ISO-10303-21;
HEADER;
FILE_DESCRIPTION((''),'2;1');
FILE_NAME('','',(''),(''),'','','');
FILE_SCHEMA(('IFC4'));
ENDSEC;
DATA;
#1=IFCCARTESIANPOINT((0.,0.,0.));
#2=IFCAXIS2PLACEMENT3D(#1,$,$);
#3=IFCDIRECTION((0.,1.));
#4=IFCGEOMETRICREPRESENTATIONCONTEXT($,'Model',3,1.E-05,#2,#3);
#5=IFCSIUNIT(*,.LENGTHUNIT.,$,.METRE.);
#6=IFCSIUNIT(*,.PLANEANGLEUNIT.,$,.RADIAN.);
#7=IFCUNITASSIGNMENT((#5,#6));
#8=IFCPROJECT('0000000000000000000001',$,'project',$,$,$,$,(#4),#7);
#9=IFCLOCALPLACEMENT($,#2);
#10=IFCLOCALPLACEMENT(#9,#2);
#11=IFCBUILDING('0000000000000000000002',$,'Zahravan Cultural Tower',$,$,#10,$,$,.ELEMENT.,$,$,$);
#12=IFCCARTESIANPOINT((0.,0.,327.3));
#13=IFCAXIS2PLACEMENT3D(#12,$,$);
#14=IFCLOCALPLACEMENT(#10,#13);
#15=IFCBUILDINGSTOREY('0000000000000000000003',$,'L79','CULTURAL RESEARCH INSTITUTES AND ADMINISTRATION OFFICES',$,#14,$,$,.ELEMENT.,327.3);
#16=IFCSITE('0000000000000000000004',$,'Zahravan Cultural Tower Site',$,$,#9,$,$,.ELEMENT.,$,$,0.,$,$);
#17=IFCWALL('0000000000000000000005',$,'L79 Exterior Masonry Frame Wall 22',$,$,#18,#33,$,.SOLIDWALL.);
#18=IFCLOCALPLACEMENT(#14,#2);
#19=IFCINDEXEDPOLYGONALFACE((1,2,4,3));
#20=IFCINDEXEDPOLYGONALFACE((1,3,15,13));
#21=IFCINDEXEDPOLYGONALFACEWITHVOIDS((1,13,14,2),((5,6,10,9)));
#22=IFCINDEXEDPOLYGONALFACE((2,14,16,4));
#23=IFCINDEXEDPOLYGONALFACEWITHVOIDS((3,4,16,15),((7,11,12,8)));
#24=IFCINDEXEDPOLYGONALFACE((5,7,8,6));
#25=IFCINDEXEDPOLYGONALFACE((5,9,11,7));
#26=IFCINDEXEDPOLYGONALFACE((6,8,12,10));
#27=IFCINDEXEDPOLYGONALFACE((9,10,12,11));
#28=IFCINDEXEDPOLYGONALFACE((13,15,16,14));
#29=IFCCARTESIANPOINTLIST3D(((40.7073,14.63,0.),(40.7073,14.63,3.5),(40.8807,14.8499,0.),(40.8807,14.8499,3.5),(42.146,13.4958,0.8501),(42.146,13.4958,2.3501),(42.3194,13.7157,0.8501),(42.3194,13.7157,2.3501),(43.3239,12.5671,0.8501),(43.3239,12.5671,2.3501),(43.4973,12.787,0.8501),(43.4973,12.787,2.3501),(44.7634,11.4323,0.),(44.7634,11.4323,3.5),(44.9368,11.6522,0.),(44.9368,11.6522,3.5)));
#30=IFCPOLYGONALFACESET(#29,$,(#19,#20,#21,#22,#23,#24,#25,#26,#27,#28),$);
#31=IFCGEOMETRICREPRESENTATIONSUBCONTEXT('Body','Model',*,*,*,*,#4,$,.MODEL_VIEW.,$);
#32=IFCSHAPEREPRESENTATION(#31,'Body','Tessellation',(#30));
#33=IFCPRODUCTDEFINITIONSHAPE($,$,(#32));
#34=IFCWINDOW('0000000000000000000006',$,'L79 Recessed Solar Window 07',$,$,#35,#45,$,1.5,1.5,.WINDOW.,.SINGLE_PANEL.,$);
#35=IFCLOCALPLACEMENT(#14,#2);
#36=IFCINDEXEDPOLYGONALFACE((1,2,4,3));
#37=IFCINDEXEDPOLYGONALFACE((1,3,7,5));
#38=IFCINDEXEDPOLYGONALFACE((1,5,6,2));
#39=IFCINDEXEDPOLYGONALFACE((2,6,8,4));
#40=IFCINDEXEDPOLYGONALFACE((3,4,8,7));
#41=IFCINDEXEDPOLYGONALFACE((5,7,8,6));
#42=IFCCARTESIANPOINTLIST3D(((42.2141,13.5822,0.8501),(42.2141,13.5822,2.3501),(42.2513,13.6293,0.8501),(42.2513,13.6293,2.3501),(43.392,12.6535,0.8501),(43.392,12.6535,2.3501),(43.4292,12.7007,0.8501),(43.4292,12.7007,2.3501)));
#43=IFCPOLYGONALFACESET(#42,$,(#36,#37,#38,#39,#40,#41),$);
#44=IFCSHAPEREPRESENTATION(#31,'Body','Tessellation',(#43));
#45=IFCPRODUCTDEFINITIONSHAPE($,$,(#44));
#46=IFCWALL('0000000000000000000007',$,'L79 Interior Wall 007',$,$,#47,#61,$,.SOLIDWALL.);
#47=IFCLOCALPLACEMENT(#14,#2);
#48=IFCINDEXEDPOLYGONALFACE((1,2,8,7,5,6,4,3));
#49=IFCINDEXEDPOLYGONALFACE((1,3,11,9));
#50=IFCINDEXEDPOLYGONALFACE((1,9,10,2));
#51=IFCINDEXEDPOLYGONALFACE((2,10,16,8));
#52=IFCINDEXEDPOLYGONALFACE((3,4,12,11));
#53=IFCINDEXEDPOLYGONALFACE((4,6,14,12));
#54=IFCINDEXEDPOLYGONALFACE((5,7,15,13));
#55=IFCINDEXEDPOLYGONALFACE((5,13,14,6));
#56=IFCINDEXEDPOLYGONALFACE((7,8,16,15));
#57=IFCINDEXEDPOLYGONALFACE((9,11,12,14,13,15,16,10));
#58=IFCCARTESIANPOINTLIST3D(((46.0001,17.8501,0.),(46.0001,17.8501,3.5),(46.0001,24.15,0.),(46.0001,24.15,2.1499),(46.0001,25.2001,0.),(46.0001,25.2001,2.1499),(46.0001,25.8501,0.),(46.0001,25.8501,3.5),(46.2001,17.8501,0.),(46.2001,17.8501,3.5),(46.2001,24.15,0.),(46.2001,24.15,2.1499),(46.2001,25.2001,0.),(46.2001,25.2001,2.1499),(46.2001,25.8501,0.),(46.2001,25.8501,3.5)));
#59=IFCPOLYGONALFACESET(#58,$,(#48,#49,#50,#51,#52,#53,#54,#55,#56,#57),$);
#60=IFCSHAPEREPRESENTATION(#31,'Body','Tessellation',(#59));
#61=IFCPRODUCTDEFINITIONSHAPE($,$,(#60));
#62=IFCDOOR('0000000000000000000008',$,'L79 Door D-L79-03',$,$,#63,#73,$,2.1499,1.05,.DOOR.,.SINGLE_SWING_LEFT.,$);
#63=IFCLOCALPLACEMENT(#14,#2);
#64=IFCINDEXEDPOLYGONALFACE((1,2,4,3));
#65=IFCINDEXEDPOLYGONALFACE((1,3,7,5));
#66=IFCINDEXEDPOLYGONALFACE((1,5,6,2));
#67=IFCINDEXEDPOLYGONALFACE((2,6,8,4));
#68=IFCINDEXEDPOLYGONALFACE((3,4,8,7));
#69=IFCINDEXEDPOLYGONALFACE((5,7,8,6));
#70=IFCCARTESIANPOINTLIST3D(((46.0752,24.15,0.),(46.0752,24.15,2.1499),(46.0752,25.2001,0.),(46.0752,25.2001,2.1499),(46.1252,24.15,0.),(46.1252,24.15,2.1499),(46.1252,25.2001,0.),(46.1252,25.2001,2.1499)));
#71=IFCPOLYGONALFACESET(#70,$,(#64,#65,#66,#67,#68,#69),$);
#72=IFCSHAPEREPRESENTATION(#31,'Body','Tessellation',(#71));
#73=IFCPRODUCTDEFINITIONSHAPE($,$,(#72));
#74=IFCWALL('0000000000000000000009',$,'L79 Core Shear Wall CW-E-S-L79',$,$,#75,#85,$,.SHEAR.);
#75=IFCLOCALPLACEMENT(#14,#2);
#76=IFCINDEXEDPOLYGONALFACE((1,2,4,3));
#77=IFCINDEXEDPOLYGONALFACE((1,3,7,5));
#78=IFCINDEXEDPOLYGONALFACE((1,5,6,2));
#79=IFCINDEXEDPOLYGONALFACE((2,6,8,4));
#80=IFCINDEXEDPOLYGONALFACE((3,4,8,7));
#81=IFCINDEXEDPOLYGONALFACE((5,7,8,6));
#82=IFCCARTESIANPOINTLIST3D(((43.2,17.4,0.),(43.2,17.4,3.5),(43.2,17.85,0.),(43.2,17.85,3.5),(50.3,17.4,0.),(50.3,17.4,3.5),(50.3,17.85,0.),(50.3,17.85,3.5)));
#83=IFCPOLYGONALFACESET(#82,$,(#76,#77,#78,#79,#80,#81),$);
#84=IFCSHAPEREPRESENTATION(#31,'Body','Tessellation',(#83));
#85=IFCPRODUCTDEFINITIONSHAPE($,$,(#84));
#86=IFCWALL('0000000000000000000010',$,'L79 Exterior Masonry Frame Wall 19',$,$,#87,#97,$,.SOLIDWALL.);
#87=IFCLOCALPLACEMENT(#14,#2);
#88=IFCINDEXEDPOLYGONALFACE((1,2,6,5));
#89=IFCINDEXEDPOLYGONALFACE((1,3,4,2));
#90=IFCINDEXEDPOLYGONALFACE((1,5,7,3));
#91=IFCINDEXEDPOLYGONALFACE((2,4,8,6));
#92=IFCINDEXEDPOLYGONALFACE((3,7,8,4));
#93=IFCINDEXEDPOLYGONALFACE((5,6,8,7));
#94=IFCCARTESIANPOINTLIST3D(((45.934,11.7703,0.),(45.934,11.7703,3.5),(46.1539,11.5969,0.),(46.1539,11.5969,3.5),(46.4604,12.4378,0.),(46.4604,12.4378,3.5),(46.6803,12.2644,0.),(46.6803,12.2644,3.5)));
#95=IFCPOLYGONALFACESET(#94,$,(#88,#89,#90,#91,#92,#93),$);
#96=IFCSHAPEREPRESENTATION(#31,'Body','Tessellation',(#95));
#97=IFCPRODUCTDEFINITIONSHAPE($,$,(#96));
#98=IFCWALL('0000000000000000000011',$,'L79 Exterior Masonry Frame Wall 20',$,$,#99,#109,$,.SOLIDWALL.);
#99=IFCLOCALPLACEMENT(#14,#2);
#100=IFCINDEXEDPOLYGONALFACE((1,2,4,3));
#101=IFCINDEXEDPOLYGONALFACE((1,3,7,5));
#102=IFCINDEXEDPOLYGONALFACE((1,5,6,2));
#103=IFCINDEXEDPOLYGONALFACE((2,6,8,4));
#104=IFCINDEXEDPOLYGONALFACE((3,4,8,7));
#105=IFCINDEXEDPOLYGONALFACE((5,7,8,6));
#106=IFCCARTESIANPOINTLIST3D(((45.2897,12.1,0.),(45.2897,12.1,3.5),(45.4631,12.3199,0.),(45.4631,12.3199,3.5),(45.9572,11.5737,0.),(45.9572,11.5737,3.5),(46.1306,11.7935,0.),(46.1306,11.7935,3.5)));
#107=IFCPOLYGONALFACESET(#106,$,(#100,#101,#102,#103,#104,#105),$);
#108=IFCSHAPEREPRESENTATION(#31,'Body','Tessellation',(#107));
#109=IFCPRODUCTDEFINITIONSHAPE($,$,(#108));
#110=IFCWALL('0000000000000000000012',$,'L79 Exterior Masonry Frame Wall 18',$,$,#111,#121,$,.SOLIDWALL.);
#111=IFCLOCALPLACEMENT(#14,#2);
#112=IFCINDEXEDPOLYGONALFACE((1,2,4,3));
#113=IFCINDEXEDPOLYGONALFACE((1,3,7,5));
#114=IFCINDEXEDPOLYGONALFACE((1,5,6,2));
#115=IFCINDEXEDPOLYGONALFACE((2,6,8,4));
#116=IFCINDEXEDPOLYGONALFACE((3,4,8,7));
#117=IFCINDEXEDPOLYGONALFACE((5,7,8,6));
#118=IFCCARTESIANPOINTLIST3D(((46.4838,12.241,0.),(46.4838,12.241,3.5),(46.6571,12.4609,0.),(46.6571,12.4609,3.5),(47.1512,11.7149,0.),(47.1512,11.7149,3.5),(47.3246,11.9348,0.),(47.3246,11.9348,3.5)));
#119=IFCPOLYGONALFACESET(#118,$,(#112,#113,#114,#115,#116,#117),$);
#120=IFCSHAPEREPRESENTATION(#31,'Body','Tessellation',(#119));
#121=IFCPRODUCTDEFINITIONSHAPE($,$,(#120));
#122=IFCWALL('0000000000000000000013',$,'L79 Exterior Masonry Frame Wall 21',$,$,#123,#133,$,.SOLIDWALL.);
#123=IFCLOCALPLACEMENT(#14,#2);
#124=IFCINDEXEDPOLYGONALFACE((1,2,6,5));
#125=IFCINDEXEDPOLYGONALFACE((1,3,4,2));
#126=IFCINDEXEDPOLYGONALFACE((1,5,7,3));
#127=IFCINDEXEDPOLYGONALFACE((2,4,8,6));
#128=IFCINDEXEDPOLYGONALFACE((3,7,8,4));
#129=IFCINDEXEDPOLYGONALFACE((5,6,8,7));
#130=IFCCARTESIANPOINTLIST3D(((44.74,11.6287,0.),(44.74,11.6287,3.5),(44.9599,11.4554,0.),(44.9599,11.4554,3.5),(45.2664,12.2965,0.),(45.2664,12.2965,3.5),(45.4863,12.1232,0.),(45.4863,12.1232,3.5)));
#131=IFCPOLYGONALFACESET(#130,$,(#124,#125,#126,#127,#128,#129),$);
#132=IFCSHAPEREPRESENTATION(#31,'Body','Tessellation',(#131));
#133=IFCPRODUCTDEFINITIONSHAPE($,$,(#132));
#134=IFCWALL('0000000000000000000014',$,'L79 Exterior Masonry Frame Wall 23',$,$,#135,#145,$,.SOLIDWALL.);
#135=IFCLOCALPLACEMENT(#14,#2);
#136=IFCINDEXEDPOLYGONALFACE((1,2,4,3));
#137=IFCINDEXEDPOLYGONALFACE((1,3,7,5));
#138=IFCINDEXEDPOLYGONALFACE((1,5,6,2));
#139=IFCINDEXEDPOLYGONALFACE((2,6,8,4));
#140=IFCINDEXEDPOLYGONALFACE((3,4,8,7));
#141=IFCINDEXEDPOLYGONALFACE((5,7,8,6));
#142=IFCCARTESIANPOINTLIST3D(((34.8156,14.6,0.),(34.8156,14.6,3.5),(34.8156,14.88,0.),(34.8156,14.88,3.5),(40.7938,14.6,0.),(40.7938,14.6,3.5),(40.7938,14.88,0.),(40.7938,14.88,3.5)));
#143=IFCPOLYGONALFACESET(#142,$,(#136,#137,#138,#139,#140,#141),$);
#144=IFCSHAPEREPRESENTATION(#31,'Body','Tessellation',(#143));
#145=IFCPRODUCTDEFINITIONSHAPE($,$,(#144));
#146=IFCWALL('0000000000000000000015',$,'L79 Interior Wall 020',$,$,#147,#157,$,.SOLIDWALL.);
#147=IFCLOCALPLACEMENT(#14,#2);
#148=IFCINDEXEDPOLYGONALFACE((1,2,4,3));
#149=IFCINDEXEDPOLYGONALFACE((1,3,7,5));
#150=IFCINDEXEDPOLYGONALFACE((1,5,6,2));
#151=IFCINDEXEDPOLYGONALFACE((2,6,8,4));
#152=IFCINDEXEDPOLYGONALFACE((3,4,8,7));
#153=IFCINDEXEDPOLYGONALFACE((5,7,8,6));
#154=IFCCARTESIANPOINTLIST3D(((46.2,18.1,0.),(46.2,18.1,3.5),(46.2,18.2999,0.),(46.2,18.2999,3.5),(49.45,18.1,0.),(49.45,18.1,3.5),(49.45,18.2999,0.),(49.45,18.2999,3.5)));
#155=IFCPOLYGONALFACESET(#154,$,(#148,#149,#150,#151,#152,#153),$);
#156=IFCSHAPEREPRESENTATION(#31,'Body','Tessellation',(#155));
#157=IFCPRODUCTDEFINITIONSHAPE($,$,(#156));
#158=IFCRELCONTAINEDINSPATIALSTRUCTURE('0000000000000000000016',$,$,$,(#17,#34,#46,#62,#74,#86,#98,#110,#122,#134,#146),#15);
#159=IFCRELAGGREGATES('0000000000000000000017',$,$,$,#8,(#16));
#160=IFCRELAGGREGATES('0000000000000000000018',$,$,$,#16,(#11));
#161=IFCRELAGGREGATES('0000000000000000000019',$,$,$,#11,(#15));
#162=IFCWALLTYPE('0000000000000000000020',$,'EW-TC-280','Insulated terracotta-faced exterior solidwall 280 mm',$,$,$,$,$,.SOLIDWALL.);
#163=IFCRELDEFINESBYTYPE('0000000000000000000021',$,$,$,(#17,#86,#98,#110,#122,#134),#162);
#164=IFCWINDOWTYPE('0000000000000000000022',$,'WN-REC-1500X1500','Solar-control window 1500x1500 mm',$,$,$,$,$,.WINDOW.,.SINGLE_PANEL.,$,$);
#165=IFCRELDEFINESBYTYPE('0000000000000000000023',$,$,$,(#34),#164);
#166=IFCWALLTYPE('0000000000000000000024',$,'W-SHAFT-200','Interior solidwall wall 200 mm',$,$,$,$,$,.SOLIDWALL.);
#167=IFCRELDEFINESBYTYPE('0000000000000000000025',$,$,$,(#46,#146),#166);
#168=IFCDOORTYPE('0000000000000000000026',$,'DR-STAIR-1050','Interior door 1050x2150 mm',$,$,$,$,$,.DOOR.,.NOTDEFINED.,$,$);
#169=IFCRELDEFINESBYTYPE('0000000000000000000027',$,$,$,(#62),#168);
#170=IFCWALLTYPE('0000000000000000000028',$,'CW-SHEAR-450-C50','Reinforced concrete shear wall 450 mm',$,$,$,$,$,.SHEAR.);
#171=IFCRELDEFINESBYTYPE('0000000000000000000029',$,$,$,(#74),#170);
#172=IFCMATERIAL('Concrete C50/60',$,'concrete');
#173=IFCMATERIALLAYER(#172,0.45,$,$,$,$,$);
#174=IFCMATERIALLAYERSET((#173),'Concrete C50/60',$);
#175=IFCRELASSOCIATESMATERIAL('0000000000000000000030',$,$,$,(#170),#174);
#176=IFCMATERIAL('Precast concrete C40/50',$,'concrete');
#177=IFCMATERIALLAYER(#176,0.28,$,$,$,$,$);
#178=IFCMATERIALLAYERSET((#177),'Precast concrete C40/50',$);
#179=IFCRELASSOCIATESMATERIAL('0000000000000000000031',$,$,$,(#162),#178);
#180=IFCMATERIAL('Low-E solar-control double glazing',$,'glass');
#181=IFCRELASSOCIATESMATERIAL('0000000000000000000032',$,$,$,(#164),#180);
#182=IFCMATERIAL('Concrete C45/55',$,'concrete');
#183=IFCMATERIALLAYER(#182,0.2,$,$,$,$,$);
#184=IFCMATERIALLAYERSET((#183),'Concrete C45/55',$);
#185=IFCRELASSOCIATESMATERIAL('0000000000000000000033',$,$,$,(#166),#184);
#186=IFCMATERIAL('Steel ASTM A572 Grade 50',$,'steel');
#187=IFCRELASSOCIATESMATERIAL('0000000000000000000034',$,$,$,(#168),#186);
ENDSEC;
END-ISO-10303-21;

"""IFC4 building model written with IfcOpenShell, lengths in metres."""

from ifc_helpers import new_model, si_unit, direction, frame, frame_2d, origin, place, context, subcontext, project, spatial, rectangle, extrude, source, transform, mapped, material, layer, layer_set, type_object, element, fill, save


model = new_model("IFC4")

# Units and contexts
model_context = context("Model", 3, precision=1e-05, world=origin(), true_north=direction((0.0, 1.0)))
body_context = subcontext(model_context, "Body", "Model", "MODEL_VIEW")
ifc_project = project(units=[si_unit("LENGTHUNIT", "METRE"), si_unit("PLANEANGLEUNIT", "RADIAN")], contexts=[model_context])

# Site, building, storey
site_placement = place(None, origin())
site = spatial("IfcSite", under=ifc_project, at=site_placement, Name="Zahravan Cultural Tower Site", CompositionType="ELEMENT", RefElevation=0.0)
building_placement = place(site_placement, origin())
building = spatial("IfcBuilding", under=site, at=building_placement, Name="Zahravan Cultural Tower", CompositionType="ELEMENT")
storey_placement = place(building_placement, frame((0.0, 0.0, 327.3)))
storey = spatial("IfcBuildingStorey", under=building, at=storey_placement, Name="L79", Description="CULTURAL RESEARCH INSTITUTES AND ADMINISTRATION OFFICES", CompositionType="ELEMENT", Elevation=327.3)

# Shared definitions
ifc_material_1 = material(Name="Concrete C50/60", Category="concrete")

# Shared definitions
ifc_layer_1 = layer(ifc_material_1, 0.45)
ifc_layer_set_1 = layer_set([ifc_layer_1], Name="Concrete C50/60")
wall_type_1 = type_object("IfcWallType", Name="CW-SHEAR-450-C50", Description="Reinforced concrete shear wall 450 mm", PredefinedType="SHEAR", material=ifc_layer_set_1)
ifc_material_2 = material(Name="Steel ASTM A572 Grade 50", Category="steel")

# Wall, opening, window
ifc_material_3 = material(Name="Precast concrete C40/50", Category="concrete")
ifc_layer_2 = layer(ifc_material_3, 0.28)
ifc_layer_set_2 = layer_set([ifc_layer_2], Name="Precast concrete C40/50")
wall_type_2 = type_object("IfcWallType", Name="EW-TC-280", Description="Insulated terracotta-faced exterior solidwall 280 mm", PredefinedType="SOLIDWALL", material=ifc_layer_set_2)
wall_1_placement = place(storey_placement, frame((44.8501, 11.5422, 0.0), z_axis=(0.0, 0.0, 1.0), x_axis=(-0.785304, 0.619111, 0.0)))
wall_1 = element("IfcWall", 1, at=wall_1_placement, inside=storey, type_object=wall_type_2, Name="L79 Exterior Masonry Frame Wall 22", PredefinedType="SOLIDWALL", context=body_context, shape_type="SweptSolid", body=[
    extrude(rectangle(XDim=5.165, YDim=0.28, at=frame_2d((2.5825, 0.0))), origin(), (0.0, 0.0, 1.0), 3.5),
])
opening_1_placement = place(wall_1_placement, frame((1.833, 0.0, 0.8501)))
opening_1 = element("IfcOpeningElement", 2, at=opening_1_placement, cuts=wall_1, PredefinedType="OPENING", context=body_context, shape_type="SweptSolid", body=[
    extrude(rectangle(XDim=1.5, YDim=1.5, at=frame_2d((0.75, 0.75))), frame((0.0, 0.1499, 0.0), z_axis=(0.0, -1.0, 0.0), x_axis=(1.0, 0.0, 0.0)), (0.0, 0.0, 1.0), 0.3),
])
ifc_material_4 = material(Name="Low-E solar-control double glazing", Category="glass")
window_type = type_object("IfcWindowType", Name="WN-REC-1500X1500", Description="Solar-control window 1500x1500 mm", PartitioningType="SINGLE_PANEL", PredefinedType="WINDOW", material=ifc_material_4)
shared_shape_1 = source(origin(), body_context, "Body", "SweptSolid", [
    extrude(rectangle(XDim=1.5, YDim=1.5, at=frame_2d((0.75, 0.75))), frame((0.0, 0.03, 0.0), z_axis=(0.0, -1.0, 0.0), x_axis=(1.0, 0.0, 0.0)), (0.0, 0.0, 1.0), 0.0601),
])
window_placement = place(opening_1_placement, origin())
window = element("IfcWindow", 3, at=window_placement, inside=storey, type_object=window_type, Name="L79 Recessed Solar Window 07", OverallHeight=1.5, OverallWidth=1.5, PartitioningType="SINGLE_PANEL", PredefinedType="WINDOW", context=body_context, shape_type="MappedRepresentation", body=[
    mapped(shared_shape_1, transform((0.0, 0.0, 0.0), x_axis=(1.0, 0.0, 0.0), y_axis=(0.0, 1.0, 0.0), z_axis=(0.0, 0.0, 1.0), scale=1.0)),
])
fill(opening_1, window)

# Wall, opening, door
ifc_material_5 = material(Name="Concrete C45/55", Category="concrete")
ifc_layer_3 = layer(ifc_material_5, 0.2)
ifc_layer_set_3 = layer_set([ifc_layer_3], Name="Concrete C45/55")
wall_type_3 = type_object("IfcWallType", Name="W-SHAFT-200", Description="Interior solidwall wall 200 mm", PredefinedType="SOLIDWALL", material=ifc_layer_set_3)
wall_2_placement = place(storey_placement, frame((46.1001, 17.8501, 0.0), z_axis=(0.0, 0.0, 1.0), x_axis=(0.0, 1.0, 0.0)))
wall_2 = element("IfcWall", 4, at=wall_2_placement, inside=storey, type_object=wall_type_3, Name="L79 Interior Wall 007", PredefinedType="SOLIDWALL", context=body_context, shape_type="SweptSolid", body=[
    extrude(rectangle(XDim=8.0, YDim=0.2, at=frame_2d((4.0, 0.0))), origin(), (0.0, 0.0, 1.0), 3.5),
])
opening_2_placement = place(wall_2_placement, frame((6.3, 0.0, 0.0)))
opening_2 = element("IfcOpeningElement", 5, at=opening_2_placement, cuts=wall_2, PredefinedType="OPENING", context=body_context, shape_type="SweptSolid", body=[
    extrude(rectangle(XDim=1.05, YDim=2.1499, at=frame_2d((0.5249, 1.075))), frame((0.0, 0.1099, 0.0), z_axis=(0.0, -1.0, 0.0), x_axis=(1.0, 0.0, 0.0)), (0.0, 0.0, 1.0), 0.22),
])
door_type_1 = type_object("IfcDoorType", Name="DR-STAIR-1050", Description="Interior door 1050x2150 mm", OperationType="NOTDEFINED", PredefinedType="DOOR", material=ifc_material_2)
shared_shape_2 = source(origin(), body_context, "Body", "SweptSolid", [
    extrude(rectangle(XDim=1.05, YDim=2.1499, at=frame_2d((0.5249, 1.075))), frame((0.0, 0.0249, 0.0), z_axis=(0.0, -1.0, 0.0), x_axis=(1.0, 0.0, 0.0)), (0.0, 0.0, 1.0), 0.05),
])
door_1_placement = place(opening_2_placement, origin())
door_1 = element("IfcDoor", 6, at=door_1_placement, inside=storey, type_object=door_type_1, Name="L79 Door D-L79-03", OperationType="SINGLE_SWING_LEFT", OverallHeight=2.1499, OverallWidth=1.05, PredefinedType="DOOR", context=body_context, shape_type="MappedRepresentation", body=[
    mapped(shared_shape_2, transform((0.0, 0.0, 0.0), x_axis=(1.0, 0.0, 0.0), y_axis=(0.0, 1.0, 0.0), z_axis=(0.0, 0.0, 1.0), scale=1.0)),
])
fill(opening_2, door_1)

# Walls
shared_shape_3 = source(origin(), body_context, "Body", "SweptSolid", [
    extrude(rectangle(XDim=7.1001, YDim=0.45, at=frame_2d((3.55, 0.0))), origin(), (0.0, 0.0, 1.0), 3.5),
])
wall_3_placement = place(storey_placement, frame((43.2, 17.625, 0.0), z_axis=(0.0, 0.0, 1.0), x_axis=(1.0, 0.0, 0.0)))
element("IfcWall", 7, at=wall_3_placement, inside=storey, type_object=wall_type_1, Name="L79 Core Shear Wall CW-E-S-L79", PredefinedType="SHEAR", context=body_context, shape_type="MappedRepresentation", body=[
    mapped(shared_shape_3, transform((0.0, 0.0, 0.0), x_axis=(1.0, 0.0, 0.0), y_axis=(0.0, 1.0, 0.0), z_axis=(0.0, 0.0, 1.0), scale=1.0)),
])
shared_shape_4 = source(origin(), body_context, "Body", "SweptSolid", [
    extrude(rectangle(XDim=0.8501, YDim=0.28, at=frame_2d((0.425, 0.0))), origin(), (0.0, 0.0, 1.0), 3.5),
])
for number, where, z_axis, x_axis, name in (
    (8, (46.5703, 12.3511, 0.0), (0.0, 0.0, 1.0), (-0.619216, -0.785221, 0.0), "L79 Exterior Masonry Frame Wall 19"),
    (9, (46.0439, 11.6836, 0.0), (0.0, 0.0, 1.0), (-0.785221, 0.619216, 0.0), "L79 Exterior Masonry Frame Wall 20"),
):
    element("IfcWall", number, at=place(storey_placement, frame(where, z_axis=z_axis, x_axis=x_axis)), inside=storey, type_object=wall_type_2, Name=name, PredefinedType="SOLIDWALL", context=body_context, shape_type="MappedRepresentation", body=[
        mapped(shared_shape_4, transform((0.0, 0.0, 0.0), x_axis=(1.0, 0.0, 0.0), y_axis=(0.0, 1.0, 0.0), z_axis=(0.0, 0.0, 1.0), scale=1.0)),
    ])
shared_shape_5 = source(origin(), body_context, "Body", "SweptSolid", [
    extrude(rectangle(XDim=0.8499, YDim=0.28, at=frame_2d((0.4248, 0.0))), origin(), (0.0, 0.0, 1.0), 3.5),
])
wall_4_placement = place(storey_placement, frame((47.2378, 11.825, 0.0), z_axis=(0.0, 0.0, 1.0), x_axis=(-0.78536, 0.619039, 0.0)))
element("IfcWall", 10, at=wall_4_placement, inside=storey, type_object=wall_type_2, Name="L79 Exterior Masonry Frame Wall 18", PredefinedType="SOLIDWALL", context=body_context, shape_type="MappedRepresentation", body=[
    mapped(shared_shape_5, transform((0.0, 0.0, 0.0), x_axis=(1.0, 0.0, 0.0), y_axis=(0.0, 1.0, 0.0), z_axis=(0.0, 0.0, 1.0), scale=1.0)),
])
shared_shape_6 = source(origin(), body_context, "Body", "SweptSolid", [
    extrude(rectangle(XDim=0.8503, YDim=0.28, at=frame_2d((0.4253, 0.0))), origin(), (0.0, 0.0, 1.0), 3.5),
])
wall_5_placement = place(storey_placement, frame((45.3765, 12.21, 0.0), z_axis=(0.0, 0.0, 1.0), x_axis=(-0.619076, -0.785331, 0.0)))
element("IfcWall", 11, at=wall_5_placement, inside=storey, type_object=wall_type_2, Name="L79 Exterior Masonry Frame Wall 21", PredefinedType="SOLIDWALL", context=body_context, shape_type="MappedRepresentation", body=[
    mapped(shared_shape_6, transform((0.0, 0.0, 0.0), x_axis=(1.0, 0.0, 0.0), y_axis=(0.0, 1.0, 0.0), z_axis=(0.0, 0.0, 1.0), scale=1.0)),
])
shared_shape_7 = source(origin(), body_context, "Body", "SweptSolid", [
    extrude(rectangle(XDim=5.9783, YDim=0.28, at=frame_2d((2.9893, 0.0))), origin(), (0.0, 0.0, 1.0), 3.5),
])
wall_6_placement = place(storey_placement, frame((40.7939, 14.74, 0.0), z_axis=(0.0, 0.0, 1.0), x_axis=(-1.0, 0.0, 0.0)))
element("IfcWall", 12, at=wall_6_placement, inside=storey, type_object=wall_type_2, Name="L79 Exterior Masonry Frame Wall 23", PredefinedType="SOLIDWALL", context=body_context, shape_type="MappedRepresentation", body=[
    mapped(shared_shape_7, transform((0.0, 0.0, 0.0), x_axis=(1.0, 0.0, 0.0), y_axis=(0.0, 1.0, 0.0), z_axis=(0.0, 0.0, 1.0), scale=1.0)),
])
shared_shape_8 = source(origin(), body_context, "Body", "SweptSolid", [
    extrude(rectangle(XDim=3.25, YDim=0.2, at=frame_2d((1.625, 0.0))), origin(), (0.0, 0.0, 1.0), 3.5),
])
wall_7_placement = place(storey_placement, frame((46.2, 18.2, 0.0), z_axis=(0.0, 0.0, 1.0), x_axis=(1.0, 0.0, 0.0)))
element("IfcWall", 13, at=wall_7_placement, inside=storey, type_object=wall_type_3, Name="L79 Interior Wall 020", PredefinedType="SOLIDWALL", context=body_context, shape_type="MappedRepresentation", body=[
    mapped(shared_shape_8, transform((0.0, 0.0, 0.0), x_axis=(1.0, 0.0, 0.0), y_axis=(0.0, 1.0, 0.0), z_axis=(0.0, 0.0, 1.0), scale=1.0)),
])

save(model, "model.ifc")
